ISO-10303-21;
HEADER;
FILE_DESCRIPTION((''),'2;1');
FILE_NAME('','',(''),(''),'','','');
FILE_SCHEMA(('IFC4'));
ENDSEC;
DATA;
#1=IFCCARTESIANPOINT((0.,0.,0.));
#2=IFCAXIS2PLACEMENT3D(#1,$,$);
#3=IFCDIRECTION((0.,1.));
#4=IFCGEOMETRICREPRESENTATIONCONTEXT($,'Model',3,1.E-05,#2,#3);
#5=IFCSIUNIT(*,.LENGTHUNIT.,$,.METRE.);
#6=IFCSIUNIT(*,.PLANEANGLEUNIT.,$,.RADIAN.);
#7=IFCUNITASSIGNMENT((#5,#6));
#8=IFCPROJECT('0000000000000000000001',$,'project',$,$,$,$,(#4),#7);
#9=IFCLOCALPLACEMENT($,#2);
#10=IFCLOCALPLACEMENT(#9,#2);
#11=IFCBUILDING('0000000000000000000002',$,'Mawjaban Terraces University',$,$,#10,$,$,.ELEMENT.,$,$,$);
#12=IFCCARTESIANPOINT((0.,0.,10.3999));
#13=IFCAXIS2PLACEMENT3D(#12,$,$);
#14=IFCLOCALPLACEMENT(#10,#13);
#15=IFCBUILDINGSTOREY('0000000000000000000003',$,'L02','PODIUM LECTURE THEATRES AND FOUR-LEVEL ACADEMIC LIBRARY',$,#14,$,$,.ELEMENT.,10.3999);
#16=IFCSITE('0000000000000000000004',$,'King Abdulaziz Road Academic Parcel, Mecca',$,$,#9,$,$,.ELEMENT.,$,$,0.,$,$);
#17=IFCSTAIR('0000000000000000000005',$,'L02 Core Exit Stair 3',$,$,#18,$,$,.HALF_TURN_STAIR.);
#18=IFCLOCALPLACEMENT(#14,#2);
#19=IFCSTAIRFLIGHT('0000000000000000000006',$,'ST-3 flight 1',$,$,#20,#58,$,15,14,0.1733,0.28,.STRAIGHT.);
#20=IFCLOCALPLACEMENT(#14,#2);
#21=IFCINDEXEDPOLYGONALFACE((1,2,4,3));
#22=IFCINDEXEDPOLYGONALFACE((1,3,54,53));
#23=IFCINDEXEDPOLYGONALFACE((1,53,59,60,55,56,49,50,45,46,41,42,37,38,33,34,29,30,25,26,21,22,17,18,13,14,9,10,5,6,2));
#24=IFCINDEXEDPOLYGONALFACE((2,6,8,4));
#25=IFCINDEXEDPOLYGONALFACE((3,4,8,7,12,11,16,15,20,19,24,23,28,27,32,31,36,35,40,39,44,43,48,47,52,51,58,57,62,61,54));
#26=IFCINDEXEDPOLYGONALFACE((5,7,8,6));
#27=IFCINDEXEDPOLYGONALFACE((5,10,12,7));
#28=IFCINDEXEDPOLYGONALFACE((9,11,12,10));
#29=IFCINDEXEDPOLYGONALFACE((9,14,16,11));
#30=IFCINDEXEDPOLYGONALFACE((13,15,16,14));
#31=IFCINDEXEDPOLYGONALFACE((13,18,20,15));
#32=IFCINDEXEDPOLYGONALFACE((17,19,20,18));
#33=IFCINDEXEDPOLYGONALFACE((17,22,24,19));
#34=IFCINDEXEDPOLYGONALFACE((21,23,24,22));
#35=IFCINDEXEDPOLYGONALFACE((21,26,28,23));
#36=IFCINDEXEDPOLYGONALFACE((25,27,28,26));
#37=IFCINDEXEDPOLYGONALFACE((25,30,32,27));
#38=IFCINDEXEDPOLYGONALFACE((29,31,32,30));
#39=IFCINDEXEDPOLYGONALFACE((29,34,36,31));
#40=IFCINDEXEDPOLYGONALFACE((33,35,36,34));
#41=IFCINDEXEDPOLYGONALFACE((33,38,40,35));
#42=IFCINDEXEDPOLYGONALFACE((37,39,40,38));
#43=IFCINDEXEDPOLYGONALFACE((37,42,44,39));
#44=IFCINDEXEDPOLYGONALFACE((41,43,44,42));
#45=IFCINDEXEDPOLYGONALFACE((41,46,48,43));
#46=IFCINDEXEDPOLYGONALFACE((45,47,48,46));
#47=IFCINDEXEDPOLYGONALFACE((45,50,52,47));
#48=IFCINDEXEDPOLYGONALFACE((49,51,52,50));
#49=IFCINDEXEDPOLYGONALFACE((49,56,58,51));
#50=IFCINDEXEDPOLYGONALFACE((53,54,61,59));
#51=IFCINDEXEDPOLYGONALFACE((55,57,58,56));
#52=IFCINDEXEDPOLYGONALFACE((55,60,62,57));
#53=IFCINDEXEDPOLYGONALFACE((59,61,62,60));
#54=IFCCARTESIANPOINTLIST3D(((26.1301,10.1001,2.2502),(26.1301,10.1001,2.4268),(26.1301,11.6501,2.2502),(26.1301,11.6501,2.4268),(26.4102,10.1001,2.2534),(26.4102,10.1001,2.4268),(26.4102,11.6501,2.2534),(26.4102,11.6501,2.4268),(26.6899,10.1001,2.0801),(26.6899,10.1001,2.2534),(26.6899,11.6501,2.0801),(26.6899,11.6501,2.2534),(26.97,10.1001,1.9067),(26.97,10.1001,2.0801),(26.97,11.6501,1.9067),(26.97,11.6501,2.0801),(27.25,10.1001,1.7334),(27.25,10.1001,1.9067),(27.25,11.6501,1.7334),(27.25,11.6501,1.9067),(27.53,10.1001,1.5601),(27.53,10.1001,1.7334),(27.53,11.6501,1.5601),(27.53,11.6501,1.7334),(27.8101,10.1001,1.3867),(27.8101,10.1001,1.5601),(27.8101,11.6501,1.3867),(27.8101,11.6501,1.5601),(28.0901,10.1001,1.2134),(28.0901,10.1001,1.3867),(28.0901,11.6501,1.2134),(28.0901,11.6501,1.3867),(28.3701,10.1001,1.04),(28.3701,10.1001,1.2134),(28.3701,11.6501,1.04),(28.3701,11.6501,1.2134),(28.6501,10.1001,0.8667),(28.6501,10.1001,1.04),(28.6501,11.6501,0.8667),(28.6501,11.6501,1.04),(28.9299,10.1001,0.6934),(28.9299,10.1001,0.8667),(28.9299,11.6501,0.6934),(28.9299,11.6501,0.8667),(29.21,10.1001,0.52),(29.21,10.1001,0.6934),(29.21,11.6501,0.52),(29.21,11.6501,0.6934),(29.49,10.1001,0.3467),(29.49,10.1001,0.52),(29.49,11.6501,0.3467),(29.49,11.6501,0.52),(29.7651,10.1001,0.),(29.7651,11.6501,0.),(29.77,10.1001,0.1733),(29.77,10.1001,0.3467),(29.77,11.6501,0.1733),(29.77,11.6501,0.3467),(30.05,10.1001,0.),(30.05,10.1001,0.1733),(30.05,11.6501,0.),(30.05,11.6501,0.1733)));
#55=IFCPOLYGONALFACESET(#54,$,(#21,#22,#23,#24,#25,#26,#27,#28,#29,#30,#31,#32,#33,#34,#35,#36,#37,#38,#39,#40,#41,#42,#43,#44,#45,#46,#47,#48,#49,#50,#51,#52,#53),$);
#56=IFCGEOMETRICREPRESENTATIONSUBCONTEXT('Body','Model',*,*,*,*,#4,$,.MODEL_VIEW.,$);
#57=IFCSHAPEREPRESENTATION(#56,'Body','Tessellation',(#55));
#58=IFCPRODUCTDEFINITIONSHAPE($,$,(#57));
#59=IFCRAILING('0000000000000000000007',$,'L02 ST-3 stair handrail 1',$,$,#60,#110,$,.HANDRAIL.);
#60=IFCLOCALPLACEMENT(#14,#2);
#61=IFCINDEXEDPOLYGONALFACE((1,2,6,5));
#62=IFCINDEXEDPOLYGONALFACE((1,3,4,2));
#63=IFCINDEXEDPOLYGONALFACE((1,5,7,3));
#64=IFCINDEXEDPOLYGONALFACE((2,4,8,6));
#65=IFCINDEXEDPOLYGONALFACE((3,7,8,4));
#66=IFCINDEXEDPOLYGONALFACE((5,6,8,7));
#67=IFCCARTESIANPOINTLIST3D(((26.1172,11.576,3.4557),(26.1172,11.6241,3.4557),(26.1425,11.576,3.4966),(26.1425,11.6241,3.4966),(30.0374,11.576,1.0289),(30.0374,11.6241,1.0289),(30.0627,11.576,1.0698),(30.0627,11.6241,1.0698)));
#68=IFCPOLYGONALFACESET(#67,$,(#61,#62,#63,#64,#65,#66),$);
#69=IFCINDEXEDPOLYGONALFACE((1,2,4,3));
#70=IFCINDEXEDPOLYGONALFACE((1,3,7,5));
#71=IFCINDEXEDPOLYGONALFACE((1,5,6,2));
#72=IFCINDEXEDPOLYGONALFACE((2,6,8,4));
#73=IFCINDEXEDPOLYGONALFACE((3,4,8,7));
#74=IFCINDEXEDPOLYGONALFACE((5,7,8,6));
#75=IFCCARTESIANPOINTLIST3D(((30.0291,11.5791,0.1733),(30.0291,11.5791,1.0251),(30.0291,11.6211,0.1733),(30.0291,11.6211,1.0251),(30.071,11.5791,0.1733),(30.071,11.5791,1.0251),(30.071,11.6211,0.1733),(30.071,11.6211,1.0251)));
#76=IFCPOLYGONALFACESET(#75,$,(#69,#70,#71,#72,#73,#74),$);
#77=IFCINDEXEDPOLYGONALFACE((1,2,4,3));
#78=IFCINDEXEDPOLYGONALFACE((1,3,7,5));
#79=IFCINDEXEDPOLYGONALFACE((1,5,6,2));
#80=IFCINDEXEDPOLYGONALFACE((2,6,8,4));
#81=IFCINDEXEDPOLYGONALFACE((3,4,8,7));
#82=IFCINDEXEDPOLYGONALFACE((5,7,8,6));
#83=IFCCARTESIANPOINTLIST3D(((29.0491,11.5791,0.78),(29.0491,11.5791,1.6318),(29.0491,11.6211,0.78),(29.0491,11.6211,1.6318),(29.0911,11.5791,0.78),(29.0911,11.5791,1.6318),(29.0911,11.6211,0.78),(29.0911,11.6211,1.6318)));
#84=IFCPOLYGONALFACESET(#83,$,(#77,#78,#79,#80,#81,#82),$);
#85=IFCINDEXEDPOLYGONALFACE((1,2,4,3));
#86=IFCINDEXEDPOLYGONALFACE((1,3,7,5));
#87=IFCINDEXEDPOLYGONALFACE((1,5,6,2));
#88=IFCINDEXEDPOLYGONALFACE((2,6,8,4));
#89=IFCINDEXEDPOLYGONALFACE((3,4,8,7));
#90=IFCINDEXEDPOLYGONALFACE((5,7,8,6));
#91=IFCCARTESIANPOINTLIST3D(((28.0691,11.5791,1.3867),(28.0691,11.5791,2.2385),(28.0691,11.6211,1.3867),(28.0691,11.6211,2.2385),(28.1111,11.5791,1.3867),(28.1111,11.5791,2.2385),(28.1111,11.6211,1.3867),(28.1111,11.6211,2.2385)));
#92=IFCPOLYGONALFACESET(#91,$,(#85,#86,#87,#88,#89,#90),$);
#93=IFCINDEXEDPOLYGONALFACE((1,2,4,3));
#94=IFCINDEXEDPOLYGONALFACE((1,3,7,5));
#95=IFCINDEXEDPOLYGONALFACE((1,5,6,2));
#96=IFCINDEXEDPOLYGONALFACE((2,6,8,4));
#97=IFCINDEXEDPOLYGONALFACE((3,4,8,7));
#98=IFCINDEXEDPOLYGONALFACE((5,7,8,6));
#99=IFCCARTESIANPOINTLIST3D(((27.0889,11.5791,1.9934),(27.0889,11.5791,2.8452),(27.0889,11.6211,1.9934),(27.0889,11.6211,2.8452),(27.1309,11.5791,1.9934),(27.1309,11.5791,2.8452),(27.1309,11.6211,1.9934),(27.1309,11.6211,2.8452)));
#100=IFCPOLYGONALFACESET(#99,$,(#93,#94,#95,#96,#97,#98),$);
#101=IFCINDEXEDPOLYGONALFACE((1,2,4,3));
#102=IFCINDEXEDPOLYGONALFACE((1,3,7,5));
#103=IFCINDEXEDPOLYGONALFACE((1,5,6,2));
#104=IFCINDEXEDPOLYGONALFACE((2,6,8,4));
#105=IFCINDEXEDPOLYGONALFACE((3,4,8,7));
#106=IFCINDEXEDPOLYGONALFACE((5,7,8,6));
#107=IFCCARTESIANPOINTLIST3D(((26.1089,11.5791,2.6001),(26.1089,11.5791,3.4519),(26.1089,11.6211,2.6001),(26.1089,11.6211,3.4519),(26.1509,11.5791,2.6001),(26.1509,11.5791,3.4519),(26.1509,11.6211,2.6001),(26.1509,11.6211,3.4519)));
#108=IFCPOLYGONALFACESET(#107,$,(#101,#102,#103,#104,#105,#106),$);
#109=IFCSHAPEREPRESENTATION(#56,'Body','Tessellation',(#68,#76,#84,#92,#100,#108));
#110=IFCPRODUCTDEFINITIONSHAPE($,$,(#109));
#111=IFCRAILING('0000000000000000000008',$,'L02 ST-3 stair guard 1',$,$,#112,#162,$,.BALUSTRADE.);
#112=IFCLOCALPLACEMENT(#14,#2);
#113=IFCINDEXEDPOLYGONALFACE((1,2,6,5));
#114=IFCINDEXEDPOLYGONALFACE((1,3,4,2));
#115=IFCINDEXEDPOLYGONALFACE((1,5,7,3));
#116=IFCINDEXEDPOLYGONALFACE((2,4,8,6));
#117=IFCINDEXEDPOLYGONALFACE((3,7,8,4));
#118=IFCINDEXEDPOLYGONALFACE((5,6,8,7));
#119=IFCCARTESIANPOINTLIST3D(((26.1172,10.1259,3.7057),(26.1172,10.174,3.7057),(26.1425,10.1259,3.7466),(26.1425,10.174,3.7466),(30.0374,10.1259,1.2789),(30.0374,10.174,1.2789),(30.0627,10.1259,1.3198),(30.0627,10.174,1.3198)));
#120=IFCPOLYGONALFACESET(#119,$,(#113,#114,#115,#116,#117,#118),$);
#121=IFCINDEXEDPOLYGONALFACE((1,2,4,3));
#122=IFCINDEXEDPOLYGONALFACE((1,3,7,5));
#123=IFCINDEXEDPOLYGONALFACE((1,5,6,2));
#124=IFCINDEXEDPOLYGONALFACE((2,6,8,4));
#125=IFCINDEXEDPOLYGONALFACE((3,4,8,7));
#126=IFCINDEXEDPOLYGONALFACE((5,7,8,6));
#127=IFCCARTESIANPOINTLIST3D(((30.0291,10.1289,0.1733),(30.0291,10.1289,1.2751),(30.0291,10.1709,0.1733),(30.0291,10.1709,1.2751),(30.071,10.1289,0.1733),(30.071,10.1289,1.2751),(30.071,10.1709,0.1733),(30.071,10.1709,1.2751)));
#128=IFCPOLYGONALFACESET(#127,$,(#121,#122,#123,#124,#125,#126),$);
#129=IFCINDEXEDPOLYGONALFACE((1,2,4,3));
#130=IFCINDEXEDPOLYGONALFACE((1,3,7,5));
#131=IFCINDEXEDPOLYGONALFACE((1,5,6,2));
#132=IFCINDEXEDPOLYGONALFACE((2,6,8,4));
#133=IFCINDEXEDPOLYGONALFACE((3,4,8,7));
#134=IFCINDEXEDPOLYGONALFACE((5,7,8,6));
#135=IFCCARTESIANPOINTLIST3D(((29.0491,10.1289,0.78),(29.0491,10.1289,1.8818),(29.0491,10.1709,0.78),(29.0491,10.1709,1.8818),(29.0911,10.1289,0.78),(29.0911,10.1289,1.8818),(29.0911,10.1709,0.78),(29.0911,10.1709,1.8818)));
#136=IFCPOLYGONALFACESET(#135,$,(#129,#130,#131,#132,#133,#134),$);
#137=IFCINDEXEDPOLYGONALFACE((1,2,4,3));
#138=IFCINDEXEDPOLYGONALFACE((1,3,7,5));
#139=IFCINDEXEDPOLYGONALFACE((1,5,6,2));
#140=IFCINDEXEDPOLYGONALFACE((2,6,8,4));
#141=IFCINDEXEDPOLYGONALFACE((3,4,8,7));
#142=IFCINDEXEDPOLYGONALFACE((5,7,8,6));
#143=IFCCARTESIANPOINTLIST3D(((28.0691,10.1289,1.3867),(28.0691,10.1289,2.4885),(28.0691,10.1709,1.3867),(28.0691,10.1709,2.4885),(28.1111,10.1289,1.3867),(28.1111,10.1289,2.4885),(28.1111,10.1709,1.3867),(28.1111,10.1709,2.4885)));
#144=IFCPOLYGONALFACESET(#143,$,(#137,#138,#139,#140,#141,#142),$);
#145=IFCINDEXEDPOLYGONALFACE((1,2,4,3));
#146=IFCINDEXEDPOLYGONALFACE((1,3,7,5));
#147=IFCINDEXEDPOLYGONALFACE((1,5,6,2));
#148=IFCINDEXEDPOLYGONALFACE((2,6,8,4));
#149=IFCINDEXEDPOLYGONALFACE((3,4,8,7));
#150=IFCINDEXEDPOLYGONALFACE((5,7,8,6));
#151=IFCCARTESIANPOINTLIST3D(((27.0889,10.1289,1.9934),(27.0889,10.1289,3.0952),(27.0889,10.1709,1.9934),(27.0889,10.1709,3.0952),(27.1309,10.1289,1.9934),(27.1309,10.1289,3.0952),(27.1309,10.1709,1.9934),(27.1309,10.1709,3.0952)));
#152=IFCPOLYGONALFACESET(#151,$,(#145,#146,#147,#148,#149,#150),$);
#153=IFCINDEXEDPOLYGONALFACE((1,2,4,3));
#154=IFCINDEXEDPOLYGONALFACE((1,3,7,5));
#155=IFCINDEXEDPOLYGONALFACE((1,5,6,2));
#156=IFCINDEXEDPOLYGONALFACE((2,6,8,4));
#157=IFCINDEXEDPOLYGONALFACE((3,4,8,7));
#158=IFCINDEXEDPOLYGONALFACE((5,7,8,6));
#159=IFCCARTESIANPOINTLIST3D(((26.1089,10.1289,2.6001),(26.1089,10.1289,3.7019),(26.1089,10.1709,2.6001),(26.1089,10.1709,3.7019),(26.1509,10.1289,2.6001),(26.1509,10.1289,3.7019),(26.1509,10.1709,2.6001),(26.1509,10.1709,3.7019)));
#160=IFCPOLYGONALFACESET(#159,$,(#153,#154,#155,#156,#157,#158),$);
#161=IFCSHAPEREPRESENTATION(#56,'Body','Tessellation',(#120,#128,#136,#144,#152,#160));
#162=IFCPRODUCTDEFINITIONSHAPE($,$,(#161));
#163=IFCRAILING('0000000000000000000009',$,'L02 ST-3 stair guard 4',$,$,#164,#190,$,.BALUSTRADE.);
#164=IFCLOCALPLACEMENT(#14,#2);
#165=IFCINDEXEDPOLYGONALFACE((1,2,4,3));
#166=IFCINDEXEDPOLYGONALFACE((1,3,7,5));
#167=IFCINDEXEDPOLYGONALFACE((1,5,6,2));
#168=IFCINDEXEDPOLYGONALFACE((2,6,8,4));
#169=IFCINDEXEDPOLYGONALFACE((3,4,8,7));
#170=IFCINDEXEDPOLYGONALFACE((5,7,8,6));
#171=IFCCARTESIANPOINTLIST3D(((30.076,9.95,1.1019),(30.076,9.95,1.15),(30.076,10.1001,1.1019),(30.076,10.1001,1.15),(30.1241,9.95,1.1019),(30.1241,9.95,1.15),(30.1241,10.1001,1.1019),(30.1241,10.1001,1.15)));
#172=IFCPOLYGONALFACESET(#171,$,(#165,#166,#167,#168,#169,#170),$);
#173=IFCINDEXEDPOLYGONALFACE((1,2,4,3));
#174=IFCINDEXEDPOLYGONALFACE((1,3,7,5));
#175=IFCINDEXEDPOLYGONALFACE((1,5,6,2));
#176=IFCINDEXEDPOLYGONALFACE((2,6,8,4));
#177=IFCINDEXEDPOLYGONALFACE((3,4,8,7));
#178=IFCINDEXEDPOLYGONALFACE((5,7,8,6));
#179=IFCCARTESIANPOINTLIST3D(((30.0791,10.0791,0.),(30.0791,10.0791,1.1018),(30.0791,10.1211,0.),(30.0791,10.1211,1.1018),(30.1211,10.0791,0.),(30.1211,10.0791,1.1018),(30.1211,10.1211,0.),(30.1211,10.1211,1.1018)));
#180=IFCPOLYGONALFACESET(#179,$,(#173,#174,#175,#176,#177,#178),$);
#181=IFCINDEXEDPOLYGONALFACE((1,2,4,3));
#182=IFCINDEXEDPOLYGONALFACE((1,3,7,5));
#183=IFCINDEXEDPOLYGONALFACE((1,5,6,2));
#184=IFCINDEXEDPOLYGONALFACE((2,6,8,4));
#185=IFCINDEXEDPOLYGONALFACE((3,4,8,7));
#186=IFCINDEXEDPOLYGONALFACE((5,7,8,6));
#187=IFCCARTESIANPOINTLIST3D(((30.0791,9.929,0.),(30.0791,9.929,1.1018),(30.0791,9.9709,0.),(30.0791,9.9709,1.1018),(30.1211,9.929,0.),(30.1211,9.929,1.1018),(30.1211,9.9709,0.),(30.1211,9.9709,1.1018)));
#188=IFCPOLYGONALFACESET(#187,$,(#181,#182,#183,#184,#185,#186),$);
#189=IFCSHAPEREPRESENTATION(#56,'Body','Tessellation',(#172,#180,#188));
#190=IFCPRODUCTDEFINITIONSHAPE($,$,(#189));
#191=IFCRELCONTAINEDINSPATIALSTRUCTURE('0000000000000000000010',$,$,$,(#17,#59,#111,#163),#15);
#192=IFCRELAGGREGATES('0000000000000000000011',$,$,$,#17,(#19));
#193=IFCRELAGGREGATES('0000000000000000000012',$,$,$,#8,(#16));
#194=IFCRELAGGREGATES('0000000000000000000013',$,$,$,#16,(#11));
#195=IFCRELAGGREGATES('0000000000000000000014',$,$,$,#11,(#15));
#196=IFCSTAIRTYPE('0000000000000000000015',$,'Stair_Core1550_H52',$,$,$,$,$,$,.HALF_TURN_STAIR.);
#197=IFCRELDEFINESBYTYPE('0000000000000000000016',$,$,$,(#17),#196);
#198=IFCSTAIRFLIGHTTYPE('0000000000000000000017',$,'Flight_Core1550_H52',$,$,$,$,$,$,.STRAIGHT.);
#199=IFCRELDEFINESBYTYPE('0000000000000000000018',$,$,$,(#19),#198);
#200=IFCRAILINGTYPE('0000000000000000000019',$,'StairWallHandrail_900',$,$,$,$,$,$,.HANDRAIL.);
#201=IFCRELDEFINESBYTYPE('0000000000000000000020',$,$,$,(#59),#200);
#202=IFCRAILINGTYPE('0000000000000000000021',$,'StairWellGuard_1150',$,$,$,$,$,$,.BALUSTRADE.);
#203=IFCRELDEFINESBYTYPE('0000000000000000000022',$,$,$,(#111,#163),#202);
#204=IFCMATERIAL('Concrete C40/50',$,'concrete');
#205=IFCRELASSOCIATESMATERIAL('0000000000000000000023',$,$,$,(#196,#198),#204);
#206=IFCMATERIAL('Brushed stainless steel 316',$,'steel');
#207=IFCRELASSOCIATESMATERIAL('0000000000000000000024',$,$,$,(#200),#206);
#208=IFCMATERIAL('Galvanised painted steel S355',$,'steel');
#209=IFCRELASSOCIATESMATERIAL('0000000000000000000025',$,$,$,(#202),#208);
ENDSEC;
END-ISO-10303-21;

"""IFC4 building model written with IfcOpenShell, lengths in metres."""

from ifc_helpers import new_model, si_unit, direction, frame, origin, origin_2d, place, context, subcontext, project, spatial, polyline, rectangle, outline, extrude, material, type_object, element, aggregate, save


model = new_model("IFC4")

# Units and contexts
model_context = context("Model", 3, precision=1e-05, world=origin(), true_north=direction((0.0, 1.0)))
body_context = subcontext(model_context, "Body", "Model", "MODEL_VIEW")
ifc_project = project(units=[si_unit("LENGTHUNIT", "METRE"), si_unit("PLANEANGLEUNIT", "RADIAN")], contexts=[model_context])

# Site, building, storey
site_placement = place(None, origin())
site = spatial("IfcSite", under=ifc_project, at=site_placement, Name="King Abdulaziz Road Academic Parcel, Mecca", CompositionType="ELEMENT", RefElevation=0.0)
building_placement = place(site_placement, origin())
building = spatial("IfcBuilding", under=site, at=building_placement, Name="Mawjaban Terraces University", CompositionType="ELEMENT")
storey_placement = place(building_placement, frame((0.0, 0.0, 10.3999)))
storey = spatial("IfcBuildingStorey", under=building, at=storey_placement, Name="L02", Description="PODIUM LECTURE THEATRES AND FOUR-LEVEL ACADEMIC LIBRARY", CompositionType="ELEMENT", Elevation=10.3999)

# Shared definitions
ifc_material_1 = material(Name="Concrete C40/50", Category="concrete")

# Stair, stair flight
stair_type = type_object("IfcStairType", Name="Stair_Core1550_H52", PredefinedType="HALF_TURN_STAIR", material=ifc_material_1)
stair_placement = place(storey_placement, origin())
stair = element("IfcStair", 1, at=stair_placement, inside=storey, type_object=stair_type, Name="L02 Core Exit Stair 3", PredefinedType="HALF_TURN_STAIR")
stair_flight_type = type_object("IfcStairFlightType", Name="Flight_Core1550_H52", PredefinedType="STRAIGHT", material=ifc_material_1)
stair_flight_placement = place(storey_placement, frame((30.05, 10.875, 0.0), z_axis=(0.0, 0.0, 1.0), x_axis=(-1.0, 0.0, 0.0)))
stair_flight = element("IfcStairFlight", 2, at=stair_flight_placement, type_object=stair_flight_type, Name="ST-3 flight 1", NumberOfRisers=15, NumberOfTreads=14, PredefinedType="STRAIGHT", RiserHeight=0.1733, TreadLength=0.28, context=body_context, shape_type="SweptSolid", body=[
    extrude(outline(polyline([(0.0, 0.0), (0.0, 0.1733), (0.28, 0.1733), (0.28, 0.3467), (0.5601, 0.3467), (0.5601, 0.52), (0.8401, 0.52), (0.8401, 0.6934), (1.1201, 0.6934), (1.1201, 0.8667), (1.3999, 0.8667), (1.3999, 1.04), (1.6799, 1.04), (1.6799, 1.2134), (1.96, 1.2134), (1.96, 1.3867), (2.24, 1.3867), (2.24, 1.5601), (2.52, 1.5601), (2.52, 1.7334), (2.8, 1.7334), (2.8, 1.9067), (3.0801, 1.9067), (3.0801, 2.0801), (3.3601, 2.0801), (3.3601, 2.2534), (3.6399, 2.2534), (3.6399, 2.4268), (3.9199, 2.4268), (3.9199, 2.6001), (3.9199, 2.2502), (0.2849, 0.0), (0.0, 0.0)])), frame((0.0, 0.7749, 0.0), z_axis=(0.0, -1.0, 0.0), x_axis=(1.0, 0.0, 0.0)), (0.0, 0.0, 1.0), 1.55),
])
aggregate(stair, [stair_flight])

# Railings
ifc_material_2 = material(Name="Brushed stainless steel 316", Category="steel")
railing_type_1 = type_object("IfcRailingType", Name="StairWallHandrail_900", PredefinedType="HANDRAIL", material=ifc_material_2)
railing_1_placement = place(storey_placement, frame((30.05, 11.6001, 0.1733)))
element("IfcRailing", 3, at=railing_1_placement, inside=storey, type_object=railing_type_1, Name="L02 ST-3 stair handrail 1", PredefinedType="HANDRAIL", context=body_context, shape_type="SweptSolid", body=[
    extrude(rectangle(XDim=0.0481, YDim=0.0481, at=origin_2d()), frame((0.0, 0.0, 0.876), z_axis=(-0.850266, 0.0, 0.526353), x_axis=(0.0, -1.0, 0.0)), (0.0, 0.0, 1.0), 4.6106),
    extrude(rectangle(XDim=0.042, YDim=0.042, at=origin_2d()), origin(), (0.0, 0.0, 1.0), 0.8518),
    extrude(rectangle(XDim=0.042, YDim=0.042, at=origin_2d()), frame((-0.98, 0.0, 0.6067)), (0.0, 0.0, 1.0), 0.8518),
    extrude(rectangle(XDim=0.042, YDim=0.042, at=origin_2d()), frame((-1.96, 0.0, 1.2134)), (0.0, 0.0, 1.0), 0.8518),
    extrude(rectangle(XDim=0.042, YDim=0.042, at=origin_2d()), frame((-2.9402, 0.0, 1.8201)), (0.0, 0.0, 1.0), 0.8518),
    extrude(rectangle(XDim=0.042, YDim=0.042, at=origin_2d()), frame((-3.9202, 0.0, 2.4268)), (0.0, 0.0, 1.0), 0.8518),
])
ifc_material_3 = material(Name="Galvanised painted steel S355", Category="steel")
railing_type_2 = type_object("IfcRailingType", Name="StairWellGuard_1150", PredefinedType="BALUSTRADE", material=ifc_material_3)
railing_2_placement = place(storey_placement, frame((30.05, 10.1499, 0.1733)))
element("IfcRailing", 4, at=railing_2_placement, inside=storey, type_object=railing_type_2, Name="L02 ST-3 stair guard 1", PredefinedType="BALUSTRADE", context=body_context, shape_type="SweptSolid", body=[
    extrude(rectangle(XDim=0.0481, YDim=0.0481, at=origin_2d()), frame((0.0, 0.0, 1.126), z_axis=(-0.850266, 0.0, 0.526353), x_axis=(0.0, -1.0, 0.0)), (0.0, 0.0, 1.0), 4.6106),
    extrude(rectangle(XDim=0.042, YDim=0.042, at=origin_2d()), origin(), (0.0, 0.0, 1.0), 1.1018),
    extrude(rectangle(XDim=0.042, YDim=0.042, at=origin_2d()), frame((-0.98, 0.0, 0.6067)), (0.0, 0.0, 1.0), 1.1018),
    extrude(rectangle(XDim=0.042, YDim=0.042, at=origin_2d()), frame((-1.96, 0.0, 1.2134)), (0.0, 0.0, 1.0), 1.1018),
    extrude(rectangle(XDim=0.042, YDim=0.042, at=origin_2d()), frame((-2.9402, 0.0, 1.8201)), (0.0, 0.0, 1.0), 1.1018),
    extrude(rectangle(XDim=0.042, YDim=0.042, at=origin_2d()), frame((-3.9202, 0.0, 2.4268)), (0.0, 0.0, 1.0), 1.1018),
])
railing_3_placement = place(storey_placement, frame((30.1001, 10.1001, 0.0)))
element("IfcRailing", 5, at=railing_3_placement, inside=storey, type_object=railing_type_2, Name="L02 ST-3 stair guard 4", PredefinedType="BALUSTRADE", context=body_context, shape_type="SweptSolid", body=[
    extrude(rectangle(XDim=0.0481, YDim=0.0481, at=origin_2d()), frame((0.0, 0.0, 1.126), z_axis=(0.0, -1.0, 0.0), x_axis=(1.0, 0.0, 0.0)), (0.0, 0.0, 1.0), 0.1501),
    extrude(rectangle(XDim=0.042, YDim=0.042, at=origin_2d()), origin(), (0.0, 0.0, 1.0), 1.1018),
    extrude(rectangle(XDim=0.042, YDim=0.042, at=origin_2d()), frame((0.0, -0.1501, 0.0)), (0.0, 0.0, 1.0), 1.1018),
])

save(model, "model.ifc")
